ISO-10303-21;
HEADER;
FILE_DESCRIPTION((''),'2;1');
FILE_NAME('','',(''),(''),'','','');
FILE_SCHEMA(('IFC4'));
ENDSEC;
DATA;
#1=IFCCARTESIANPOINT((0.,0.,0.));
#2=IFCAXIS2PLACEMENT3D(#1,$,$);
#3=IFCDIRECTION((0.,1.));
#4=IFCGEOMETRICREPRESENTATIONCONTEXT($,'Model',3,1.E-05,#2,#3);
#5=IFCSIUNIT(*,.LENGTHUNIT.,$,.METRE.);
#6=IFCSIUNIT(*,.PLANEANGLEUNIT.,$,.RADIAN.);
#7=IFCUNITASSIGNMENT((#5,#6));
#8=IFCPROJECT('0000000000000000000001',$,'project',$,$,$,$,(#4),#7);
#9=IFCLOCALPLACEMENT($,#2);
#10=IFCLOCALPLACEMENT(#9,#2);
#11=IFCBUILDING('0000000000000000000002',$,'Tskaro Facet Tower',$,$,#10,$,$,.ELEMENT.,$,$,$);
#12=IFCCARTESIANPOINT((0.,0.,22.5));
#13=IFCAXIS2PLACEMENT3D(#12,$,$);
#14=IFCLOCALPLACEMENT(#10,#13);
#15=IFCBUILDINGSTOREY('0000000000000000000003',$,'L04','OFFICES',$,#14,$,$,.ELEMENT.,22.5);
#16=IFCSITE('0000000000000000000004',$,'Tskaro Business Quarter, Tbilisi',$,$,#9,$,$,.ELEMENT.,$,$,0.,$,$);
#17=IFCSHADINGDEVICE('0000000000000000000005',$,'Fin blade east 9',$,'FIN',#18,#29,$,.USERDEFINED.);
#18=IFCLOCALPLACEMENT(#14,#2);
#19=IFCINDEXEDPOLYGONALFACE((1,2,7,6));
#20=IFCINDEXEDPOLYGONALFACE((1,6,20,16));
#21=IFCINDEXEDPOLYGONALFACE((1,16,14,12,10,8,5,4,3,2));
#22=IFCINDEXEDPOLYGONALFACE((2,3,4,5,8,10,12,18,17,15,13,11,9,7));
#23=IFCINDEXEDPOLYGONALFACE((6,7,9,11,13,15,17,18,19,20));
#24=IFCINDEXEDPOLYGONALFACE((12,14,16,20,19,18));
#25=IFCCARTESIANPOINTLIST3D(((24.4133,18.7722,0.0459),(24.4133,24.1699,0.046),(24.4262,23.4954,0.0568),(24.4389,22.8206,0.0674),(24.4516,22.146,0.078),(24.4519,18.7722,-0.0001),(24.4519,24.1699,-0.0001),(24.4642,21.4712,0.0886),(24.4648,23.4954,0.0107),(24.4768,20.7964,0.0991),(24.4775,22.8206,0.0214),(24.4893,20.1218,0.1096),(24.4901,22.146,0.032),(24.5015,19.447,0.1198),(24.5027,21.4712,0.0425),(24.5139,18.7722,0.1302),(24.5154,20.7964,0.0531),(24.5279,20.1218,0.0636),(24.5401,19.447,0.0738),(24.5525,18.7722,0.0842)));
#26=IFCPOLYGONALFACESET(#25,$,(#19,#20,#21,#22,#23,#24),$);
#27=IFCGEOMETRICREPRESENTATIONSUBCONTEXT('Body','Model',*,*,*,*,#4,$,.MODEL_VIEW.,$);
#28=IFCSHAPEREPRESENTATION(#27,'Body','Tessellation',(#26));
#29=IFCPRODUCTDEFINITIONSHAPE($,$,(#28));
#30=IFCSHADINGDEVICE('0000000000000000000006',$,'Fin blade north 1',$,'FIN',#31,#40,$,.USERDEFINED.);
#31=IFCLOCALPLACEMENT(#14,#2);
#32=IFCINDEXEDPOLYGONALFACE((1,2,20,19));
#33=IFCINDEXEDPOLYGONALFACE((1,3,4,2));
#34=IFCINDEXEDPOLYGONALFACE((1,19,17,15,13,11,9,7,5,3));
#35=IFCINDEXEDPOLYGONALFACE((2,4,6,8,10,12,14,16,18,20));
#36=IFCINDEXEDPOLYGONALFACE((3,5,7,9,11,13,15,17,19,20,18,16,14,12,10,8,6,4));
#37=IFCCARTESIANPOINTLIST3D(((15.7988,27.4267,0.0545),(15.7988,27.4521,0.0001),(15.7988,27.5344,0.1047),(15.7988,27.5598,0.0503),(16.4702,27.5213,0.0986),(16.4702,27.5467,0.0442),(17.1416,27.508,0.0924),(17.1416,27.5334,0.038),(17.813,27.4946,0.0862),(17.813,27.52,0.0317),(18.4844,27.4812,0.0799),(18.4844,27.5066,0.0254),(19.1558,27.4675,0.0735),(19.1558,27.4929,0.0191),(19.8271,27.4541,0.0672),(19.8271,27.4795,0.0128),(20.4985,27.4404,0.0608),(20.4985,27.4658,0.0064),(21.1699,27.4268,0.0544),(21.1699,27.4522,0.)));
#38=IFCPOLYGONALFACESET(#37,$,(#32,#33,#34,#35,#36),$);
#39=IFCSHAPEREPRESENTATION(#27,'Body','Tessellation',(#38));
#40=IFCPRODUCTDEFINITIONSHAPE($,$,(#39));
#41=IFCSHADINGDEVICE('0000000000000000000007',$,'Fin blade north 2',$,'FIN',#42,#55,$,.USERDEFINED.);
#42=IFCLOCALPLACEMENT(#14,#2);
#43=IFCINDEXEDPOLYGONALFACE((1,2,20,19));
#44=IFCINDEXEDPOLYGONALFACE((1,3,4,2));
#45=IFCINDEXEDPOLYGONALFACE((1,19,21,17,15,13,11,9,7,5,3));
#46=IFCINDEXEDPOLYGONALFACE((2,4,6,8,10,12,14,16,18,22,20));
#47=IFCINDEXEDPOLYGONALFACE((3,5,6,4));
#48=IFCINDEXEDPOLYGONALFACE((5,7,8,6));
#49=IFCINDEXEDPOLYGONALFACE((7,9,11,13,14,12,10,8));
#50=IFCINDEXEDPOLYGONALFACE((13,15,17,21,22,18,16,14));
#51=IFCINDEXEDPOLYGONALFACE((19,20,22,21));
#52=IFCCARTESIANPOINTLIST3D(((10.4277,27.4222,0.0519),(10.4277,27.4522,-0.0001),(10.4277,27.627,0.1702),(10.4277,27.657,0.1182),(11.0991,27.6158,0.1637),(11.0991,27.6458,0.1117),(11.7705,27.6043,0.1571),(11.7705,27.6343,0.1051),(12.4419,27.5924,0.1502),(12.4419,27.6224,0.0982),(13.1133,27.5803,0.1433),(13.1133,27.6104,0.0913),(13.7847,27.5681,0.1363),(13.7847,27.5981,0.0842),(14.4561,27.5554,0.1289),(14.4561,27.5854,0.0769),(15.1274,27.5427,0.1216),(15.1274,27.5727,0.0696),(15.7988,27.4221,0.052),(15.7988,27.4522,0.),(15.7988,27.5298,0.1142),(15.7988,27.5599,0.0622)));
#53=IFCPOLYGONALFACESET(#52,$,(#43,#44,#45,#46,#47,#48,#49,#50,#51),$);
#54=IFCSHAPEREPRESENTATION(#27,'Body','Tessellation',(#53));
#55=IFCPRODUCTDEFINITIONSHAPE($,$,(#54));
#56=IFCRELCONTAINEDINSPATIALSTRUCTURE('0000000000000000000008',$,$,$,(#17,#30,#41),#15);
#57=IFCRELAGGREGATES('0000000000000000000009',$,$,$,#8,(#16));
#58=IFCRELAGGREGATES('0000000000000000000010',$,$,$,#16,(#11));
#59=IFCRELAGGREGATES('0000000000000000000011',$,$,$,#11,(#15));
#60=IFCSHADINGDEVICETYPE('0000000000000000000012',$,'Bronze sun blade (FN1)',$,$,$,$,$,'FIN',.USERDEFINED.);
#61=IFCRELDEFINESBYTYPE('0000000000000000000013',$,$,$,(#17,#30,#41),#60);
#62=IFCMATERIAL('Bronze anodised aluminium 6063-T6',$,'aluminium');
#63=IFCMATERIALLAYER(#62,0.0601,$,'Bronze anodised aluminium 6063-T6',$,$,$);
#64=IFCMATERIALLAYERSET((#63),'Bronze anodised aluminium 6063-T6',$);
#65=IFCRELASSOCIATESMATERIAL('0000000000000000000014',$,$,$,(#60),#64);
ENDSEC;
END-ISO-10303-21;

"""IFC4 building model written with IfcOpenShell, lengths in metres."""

from ifc_helpers import new_model, si_unit, direction, frame, origin, place, context, subcontext, project, spatial, polyline, outline, extrude, material, layer, layer_set, type_object, element, save


model = new_model("IFC4")

# Units and contexts
model_context = context("Model", 3, precision=1e-05, world=origin(), true_north=direction((0.0, 1.0)))
body_context = subcontext(model_context, "Body", "Model", "MODEL_VIEW")
ifc_project = project(units=[si_unit("LENGTHUNIT", "METRE"), si_unit("PLANEANGLEUNIT", "RADIAN")], contexts=[model_context])

# Site, building, storey
site_placement = place(None, origin())
site = spatial("IfcSite", under=ifc_project, at=site_placement, Name="Tskaro Business Quarter, Tbilisi", CompositionType="ELEMENT", RefElevation=0.0)
building_placement = place(site_placement, origin())
building = spatial("IfcBuilding", under=site, at=building_placement, Name="Tskaro Facet Tower", CompositionType="ELEMENT")
storey_placement = place(building_placement, frame((0.0, 0.0, 22.5)))
storey = spatial("IfcBuildingStorey", under=building, at=storey_placement, Name="L04", Description="OFFICES", CompositionType="ELEMENT", Elevation=22.5)

# Shared definitions
ifc_material_1 = material(Name="Bronze anodised aluminium 6063-T6", Category="aluminium")

# Shading devices
ifc_layer_1 = layer(ifc_material_1, 0.0601, Name="Bronze anodised aluminium 6063-T6")
ifc_layer_set_1 = layer_set([ifc_layer_1], Name="Bronze anodised aluminium 6063-T6")
shading_device_type = type_object("IfcShadingDeviceType", Name="Bronze sun blade (FN1)", ElementType="FIN", PredefinedType="USERDEFINED", material=ifc_layer_set_1)
shading_device_1_placement = place(storey_placement, frame((24.4133, 18.7722, 0.0459), z_axis=(-0.642451, -0.000014, 0.766327), x_axis=(-0.000009, 1.0, 0.00001)))
element("IfcShadingDevice", 1, at=shading_device_1_placement, inside=storey, type_object=shading_device_type, Name="Fin blade east 9", ObjectType="FIN", PredefinedType="USERDEFINED", context=body_context, shape_type="SweptSolid", body=[
    extrude(outline(polyline([(0.0, 0.0), (5.3977, 0.0), (4.7231, -0.0168), (4.0483, -0.0334), (3.3738, -0.0499), (2.699, -0.0664), (2.0242, -0.0828), (1.3496, -0.0991), (0.6748, -0.1151), (0.0, -0.1312), (0.0, 0.0)])), origin(), (0.0, 0.0, -1.0), 0.0601),
])
shading_device_2_placement = place(storey_placement, frame((21.1699, 27.4268, 0.0544), z_axis=(0.000009, -0.422872, 0.90619), x_axis=(-1.0, -0.000004, 0.000008)))
element("IfcShadingDevice", 2, at=shading_device_2_placement, inside=storey, type_object=shading_device_type, Name="Fin blade north 1", ObjectType="FIN", PredefinedType="USERDEFINED", context=body_context, shape_type="SweptSolid", body=[
    extrude(outline(polyline([(0.0, 0.0), (5.3711, 0.0), (5.3711, -0.1188), (4.6997, -0.1043), (4.0283, -0.0897), (3.3569, -0.0749), (2.6855, -0.0601), (2.0142, -0.045), (1.3428, -0.0301), (0.6714, -0.0151), (0.0, 0.0)])), origin(), (0.0, 0.0, -1.0), 0.0601),
])
shading_device_3_placement = place(storey_placement, frame((15.7988, 27.4221, 0.052), z_axis=(-0.000016, -0.500027, 0.86601), x_axis=(-1.0, 0.000008, -0.000014)))
element("IfcShadingDevice", 3, at=shading_device_3_placement, inside=storey, type_object=shading_device_type, Name="Fin blade north 2", ObjectType="FIN", PredefinedType="USERDEFINED", context=body_context, shape_type="SweptSolid", body=[
    extrude(outline(polyline([(0.0, 0.0), (5.3711, 0.0), (5.3711, -0.2365), (4.6997, -0.2236), (4.0283, -0.2103), (3.3569, -0.1966), (2.6855, -0.1827), (2.0142, -0.1686), (1.3428, -0.1539), (0.6714, -0.1392), (0.0, -0.1244), (0.0, 0.0)])), origin(), (0.0, 0.0, -1.0), 0.0601),
])

save(model, "model.ifc")
